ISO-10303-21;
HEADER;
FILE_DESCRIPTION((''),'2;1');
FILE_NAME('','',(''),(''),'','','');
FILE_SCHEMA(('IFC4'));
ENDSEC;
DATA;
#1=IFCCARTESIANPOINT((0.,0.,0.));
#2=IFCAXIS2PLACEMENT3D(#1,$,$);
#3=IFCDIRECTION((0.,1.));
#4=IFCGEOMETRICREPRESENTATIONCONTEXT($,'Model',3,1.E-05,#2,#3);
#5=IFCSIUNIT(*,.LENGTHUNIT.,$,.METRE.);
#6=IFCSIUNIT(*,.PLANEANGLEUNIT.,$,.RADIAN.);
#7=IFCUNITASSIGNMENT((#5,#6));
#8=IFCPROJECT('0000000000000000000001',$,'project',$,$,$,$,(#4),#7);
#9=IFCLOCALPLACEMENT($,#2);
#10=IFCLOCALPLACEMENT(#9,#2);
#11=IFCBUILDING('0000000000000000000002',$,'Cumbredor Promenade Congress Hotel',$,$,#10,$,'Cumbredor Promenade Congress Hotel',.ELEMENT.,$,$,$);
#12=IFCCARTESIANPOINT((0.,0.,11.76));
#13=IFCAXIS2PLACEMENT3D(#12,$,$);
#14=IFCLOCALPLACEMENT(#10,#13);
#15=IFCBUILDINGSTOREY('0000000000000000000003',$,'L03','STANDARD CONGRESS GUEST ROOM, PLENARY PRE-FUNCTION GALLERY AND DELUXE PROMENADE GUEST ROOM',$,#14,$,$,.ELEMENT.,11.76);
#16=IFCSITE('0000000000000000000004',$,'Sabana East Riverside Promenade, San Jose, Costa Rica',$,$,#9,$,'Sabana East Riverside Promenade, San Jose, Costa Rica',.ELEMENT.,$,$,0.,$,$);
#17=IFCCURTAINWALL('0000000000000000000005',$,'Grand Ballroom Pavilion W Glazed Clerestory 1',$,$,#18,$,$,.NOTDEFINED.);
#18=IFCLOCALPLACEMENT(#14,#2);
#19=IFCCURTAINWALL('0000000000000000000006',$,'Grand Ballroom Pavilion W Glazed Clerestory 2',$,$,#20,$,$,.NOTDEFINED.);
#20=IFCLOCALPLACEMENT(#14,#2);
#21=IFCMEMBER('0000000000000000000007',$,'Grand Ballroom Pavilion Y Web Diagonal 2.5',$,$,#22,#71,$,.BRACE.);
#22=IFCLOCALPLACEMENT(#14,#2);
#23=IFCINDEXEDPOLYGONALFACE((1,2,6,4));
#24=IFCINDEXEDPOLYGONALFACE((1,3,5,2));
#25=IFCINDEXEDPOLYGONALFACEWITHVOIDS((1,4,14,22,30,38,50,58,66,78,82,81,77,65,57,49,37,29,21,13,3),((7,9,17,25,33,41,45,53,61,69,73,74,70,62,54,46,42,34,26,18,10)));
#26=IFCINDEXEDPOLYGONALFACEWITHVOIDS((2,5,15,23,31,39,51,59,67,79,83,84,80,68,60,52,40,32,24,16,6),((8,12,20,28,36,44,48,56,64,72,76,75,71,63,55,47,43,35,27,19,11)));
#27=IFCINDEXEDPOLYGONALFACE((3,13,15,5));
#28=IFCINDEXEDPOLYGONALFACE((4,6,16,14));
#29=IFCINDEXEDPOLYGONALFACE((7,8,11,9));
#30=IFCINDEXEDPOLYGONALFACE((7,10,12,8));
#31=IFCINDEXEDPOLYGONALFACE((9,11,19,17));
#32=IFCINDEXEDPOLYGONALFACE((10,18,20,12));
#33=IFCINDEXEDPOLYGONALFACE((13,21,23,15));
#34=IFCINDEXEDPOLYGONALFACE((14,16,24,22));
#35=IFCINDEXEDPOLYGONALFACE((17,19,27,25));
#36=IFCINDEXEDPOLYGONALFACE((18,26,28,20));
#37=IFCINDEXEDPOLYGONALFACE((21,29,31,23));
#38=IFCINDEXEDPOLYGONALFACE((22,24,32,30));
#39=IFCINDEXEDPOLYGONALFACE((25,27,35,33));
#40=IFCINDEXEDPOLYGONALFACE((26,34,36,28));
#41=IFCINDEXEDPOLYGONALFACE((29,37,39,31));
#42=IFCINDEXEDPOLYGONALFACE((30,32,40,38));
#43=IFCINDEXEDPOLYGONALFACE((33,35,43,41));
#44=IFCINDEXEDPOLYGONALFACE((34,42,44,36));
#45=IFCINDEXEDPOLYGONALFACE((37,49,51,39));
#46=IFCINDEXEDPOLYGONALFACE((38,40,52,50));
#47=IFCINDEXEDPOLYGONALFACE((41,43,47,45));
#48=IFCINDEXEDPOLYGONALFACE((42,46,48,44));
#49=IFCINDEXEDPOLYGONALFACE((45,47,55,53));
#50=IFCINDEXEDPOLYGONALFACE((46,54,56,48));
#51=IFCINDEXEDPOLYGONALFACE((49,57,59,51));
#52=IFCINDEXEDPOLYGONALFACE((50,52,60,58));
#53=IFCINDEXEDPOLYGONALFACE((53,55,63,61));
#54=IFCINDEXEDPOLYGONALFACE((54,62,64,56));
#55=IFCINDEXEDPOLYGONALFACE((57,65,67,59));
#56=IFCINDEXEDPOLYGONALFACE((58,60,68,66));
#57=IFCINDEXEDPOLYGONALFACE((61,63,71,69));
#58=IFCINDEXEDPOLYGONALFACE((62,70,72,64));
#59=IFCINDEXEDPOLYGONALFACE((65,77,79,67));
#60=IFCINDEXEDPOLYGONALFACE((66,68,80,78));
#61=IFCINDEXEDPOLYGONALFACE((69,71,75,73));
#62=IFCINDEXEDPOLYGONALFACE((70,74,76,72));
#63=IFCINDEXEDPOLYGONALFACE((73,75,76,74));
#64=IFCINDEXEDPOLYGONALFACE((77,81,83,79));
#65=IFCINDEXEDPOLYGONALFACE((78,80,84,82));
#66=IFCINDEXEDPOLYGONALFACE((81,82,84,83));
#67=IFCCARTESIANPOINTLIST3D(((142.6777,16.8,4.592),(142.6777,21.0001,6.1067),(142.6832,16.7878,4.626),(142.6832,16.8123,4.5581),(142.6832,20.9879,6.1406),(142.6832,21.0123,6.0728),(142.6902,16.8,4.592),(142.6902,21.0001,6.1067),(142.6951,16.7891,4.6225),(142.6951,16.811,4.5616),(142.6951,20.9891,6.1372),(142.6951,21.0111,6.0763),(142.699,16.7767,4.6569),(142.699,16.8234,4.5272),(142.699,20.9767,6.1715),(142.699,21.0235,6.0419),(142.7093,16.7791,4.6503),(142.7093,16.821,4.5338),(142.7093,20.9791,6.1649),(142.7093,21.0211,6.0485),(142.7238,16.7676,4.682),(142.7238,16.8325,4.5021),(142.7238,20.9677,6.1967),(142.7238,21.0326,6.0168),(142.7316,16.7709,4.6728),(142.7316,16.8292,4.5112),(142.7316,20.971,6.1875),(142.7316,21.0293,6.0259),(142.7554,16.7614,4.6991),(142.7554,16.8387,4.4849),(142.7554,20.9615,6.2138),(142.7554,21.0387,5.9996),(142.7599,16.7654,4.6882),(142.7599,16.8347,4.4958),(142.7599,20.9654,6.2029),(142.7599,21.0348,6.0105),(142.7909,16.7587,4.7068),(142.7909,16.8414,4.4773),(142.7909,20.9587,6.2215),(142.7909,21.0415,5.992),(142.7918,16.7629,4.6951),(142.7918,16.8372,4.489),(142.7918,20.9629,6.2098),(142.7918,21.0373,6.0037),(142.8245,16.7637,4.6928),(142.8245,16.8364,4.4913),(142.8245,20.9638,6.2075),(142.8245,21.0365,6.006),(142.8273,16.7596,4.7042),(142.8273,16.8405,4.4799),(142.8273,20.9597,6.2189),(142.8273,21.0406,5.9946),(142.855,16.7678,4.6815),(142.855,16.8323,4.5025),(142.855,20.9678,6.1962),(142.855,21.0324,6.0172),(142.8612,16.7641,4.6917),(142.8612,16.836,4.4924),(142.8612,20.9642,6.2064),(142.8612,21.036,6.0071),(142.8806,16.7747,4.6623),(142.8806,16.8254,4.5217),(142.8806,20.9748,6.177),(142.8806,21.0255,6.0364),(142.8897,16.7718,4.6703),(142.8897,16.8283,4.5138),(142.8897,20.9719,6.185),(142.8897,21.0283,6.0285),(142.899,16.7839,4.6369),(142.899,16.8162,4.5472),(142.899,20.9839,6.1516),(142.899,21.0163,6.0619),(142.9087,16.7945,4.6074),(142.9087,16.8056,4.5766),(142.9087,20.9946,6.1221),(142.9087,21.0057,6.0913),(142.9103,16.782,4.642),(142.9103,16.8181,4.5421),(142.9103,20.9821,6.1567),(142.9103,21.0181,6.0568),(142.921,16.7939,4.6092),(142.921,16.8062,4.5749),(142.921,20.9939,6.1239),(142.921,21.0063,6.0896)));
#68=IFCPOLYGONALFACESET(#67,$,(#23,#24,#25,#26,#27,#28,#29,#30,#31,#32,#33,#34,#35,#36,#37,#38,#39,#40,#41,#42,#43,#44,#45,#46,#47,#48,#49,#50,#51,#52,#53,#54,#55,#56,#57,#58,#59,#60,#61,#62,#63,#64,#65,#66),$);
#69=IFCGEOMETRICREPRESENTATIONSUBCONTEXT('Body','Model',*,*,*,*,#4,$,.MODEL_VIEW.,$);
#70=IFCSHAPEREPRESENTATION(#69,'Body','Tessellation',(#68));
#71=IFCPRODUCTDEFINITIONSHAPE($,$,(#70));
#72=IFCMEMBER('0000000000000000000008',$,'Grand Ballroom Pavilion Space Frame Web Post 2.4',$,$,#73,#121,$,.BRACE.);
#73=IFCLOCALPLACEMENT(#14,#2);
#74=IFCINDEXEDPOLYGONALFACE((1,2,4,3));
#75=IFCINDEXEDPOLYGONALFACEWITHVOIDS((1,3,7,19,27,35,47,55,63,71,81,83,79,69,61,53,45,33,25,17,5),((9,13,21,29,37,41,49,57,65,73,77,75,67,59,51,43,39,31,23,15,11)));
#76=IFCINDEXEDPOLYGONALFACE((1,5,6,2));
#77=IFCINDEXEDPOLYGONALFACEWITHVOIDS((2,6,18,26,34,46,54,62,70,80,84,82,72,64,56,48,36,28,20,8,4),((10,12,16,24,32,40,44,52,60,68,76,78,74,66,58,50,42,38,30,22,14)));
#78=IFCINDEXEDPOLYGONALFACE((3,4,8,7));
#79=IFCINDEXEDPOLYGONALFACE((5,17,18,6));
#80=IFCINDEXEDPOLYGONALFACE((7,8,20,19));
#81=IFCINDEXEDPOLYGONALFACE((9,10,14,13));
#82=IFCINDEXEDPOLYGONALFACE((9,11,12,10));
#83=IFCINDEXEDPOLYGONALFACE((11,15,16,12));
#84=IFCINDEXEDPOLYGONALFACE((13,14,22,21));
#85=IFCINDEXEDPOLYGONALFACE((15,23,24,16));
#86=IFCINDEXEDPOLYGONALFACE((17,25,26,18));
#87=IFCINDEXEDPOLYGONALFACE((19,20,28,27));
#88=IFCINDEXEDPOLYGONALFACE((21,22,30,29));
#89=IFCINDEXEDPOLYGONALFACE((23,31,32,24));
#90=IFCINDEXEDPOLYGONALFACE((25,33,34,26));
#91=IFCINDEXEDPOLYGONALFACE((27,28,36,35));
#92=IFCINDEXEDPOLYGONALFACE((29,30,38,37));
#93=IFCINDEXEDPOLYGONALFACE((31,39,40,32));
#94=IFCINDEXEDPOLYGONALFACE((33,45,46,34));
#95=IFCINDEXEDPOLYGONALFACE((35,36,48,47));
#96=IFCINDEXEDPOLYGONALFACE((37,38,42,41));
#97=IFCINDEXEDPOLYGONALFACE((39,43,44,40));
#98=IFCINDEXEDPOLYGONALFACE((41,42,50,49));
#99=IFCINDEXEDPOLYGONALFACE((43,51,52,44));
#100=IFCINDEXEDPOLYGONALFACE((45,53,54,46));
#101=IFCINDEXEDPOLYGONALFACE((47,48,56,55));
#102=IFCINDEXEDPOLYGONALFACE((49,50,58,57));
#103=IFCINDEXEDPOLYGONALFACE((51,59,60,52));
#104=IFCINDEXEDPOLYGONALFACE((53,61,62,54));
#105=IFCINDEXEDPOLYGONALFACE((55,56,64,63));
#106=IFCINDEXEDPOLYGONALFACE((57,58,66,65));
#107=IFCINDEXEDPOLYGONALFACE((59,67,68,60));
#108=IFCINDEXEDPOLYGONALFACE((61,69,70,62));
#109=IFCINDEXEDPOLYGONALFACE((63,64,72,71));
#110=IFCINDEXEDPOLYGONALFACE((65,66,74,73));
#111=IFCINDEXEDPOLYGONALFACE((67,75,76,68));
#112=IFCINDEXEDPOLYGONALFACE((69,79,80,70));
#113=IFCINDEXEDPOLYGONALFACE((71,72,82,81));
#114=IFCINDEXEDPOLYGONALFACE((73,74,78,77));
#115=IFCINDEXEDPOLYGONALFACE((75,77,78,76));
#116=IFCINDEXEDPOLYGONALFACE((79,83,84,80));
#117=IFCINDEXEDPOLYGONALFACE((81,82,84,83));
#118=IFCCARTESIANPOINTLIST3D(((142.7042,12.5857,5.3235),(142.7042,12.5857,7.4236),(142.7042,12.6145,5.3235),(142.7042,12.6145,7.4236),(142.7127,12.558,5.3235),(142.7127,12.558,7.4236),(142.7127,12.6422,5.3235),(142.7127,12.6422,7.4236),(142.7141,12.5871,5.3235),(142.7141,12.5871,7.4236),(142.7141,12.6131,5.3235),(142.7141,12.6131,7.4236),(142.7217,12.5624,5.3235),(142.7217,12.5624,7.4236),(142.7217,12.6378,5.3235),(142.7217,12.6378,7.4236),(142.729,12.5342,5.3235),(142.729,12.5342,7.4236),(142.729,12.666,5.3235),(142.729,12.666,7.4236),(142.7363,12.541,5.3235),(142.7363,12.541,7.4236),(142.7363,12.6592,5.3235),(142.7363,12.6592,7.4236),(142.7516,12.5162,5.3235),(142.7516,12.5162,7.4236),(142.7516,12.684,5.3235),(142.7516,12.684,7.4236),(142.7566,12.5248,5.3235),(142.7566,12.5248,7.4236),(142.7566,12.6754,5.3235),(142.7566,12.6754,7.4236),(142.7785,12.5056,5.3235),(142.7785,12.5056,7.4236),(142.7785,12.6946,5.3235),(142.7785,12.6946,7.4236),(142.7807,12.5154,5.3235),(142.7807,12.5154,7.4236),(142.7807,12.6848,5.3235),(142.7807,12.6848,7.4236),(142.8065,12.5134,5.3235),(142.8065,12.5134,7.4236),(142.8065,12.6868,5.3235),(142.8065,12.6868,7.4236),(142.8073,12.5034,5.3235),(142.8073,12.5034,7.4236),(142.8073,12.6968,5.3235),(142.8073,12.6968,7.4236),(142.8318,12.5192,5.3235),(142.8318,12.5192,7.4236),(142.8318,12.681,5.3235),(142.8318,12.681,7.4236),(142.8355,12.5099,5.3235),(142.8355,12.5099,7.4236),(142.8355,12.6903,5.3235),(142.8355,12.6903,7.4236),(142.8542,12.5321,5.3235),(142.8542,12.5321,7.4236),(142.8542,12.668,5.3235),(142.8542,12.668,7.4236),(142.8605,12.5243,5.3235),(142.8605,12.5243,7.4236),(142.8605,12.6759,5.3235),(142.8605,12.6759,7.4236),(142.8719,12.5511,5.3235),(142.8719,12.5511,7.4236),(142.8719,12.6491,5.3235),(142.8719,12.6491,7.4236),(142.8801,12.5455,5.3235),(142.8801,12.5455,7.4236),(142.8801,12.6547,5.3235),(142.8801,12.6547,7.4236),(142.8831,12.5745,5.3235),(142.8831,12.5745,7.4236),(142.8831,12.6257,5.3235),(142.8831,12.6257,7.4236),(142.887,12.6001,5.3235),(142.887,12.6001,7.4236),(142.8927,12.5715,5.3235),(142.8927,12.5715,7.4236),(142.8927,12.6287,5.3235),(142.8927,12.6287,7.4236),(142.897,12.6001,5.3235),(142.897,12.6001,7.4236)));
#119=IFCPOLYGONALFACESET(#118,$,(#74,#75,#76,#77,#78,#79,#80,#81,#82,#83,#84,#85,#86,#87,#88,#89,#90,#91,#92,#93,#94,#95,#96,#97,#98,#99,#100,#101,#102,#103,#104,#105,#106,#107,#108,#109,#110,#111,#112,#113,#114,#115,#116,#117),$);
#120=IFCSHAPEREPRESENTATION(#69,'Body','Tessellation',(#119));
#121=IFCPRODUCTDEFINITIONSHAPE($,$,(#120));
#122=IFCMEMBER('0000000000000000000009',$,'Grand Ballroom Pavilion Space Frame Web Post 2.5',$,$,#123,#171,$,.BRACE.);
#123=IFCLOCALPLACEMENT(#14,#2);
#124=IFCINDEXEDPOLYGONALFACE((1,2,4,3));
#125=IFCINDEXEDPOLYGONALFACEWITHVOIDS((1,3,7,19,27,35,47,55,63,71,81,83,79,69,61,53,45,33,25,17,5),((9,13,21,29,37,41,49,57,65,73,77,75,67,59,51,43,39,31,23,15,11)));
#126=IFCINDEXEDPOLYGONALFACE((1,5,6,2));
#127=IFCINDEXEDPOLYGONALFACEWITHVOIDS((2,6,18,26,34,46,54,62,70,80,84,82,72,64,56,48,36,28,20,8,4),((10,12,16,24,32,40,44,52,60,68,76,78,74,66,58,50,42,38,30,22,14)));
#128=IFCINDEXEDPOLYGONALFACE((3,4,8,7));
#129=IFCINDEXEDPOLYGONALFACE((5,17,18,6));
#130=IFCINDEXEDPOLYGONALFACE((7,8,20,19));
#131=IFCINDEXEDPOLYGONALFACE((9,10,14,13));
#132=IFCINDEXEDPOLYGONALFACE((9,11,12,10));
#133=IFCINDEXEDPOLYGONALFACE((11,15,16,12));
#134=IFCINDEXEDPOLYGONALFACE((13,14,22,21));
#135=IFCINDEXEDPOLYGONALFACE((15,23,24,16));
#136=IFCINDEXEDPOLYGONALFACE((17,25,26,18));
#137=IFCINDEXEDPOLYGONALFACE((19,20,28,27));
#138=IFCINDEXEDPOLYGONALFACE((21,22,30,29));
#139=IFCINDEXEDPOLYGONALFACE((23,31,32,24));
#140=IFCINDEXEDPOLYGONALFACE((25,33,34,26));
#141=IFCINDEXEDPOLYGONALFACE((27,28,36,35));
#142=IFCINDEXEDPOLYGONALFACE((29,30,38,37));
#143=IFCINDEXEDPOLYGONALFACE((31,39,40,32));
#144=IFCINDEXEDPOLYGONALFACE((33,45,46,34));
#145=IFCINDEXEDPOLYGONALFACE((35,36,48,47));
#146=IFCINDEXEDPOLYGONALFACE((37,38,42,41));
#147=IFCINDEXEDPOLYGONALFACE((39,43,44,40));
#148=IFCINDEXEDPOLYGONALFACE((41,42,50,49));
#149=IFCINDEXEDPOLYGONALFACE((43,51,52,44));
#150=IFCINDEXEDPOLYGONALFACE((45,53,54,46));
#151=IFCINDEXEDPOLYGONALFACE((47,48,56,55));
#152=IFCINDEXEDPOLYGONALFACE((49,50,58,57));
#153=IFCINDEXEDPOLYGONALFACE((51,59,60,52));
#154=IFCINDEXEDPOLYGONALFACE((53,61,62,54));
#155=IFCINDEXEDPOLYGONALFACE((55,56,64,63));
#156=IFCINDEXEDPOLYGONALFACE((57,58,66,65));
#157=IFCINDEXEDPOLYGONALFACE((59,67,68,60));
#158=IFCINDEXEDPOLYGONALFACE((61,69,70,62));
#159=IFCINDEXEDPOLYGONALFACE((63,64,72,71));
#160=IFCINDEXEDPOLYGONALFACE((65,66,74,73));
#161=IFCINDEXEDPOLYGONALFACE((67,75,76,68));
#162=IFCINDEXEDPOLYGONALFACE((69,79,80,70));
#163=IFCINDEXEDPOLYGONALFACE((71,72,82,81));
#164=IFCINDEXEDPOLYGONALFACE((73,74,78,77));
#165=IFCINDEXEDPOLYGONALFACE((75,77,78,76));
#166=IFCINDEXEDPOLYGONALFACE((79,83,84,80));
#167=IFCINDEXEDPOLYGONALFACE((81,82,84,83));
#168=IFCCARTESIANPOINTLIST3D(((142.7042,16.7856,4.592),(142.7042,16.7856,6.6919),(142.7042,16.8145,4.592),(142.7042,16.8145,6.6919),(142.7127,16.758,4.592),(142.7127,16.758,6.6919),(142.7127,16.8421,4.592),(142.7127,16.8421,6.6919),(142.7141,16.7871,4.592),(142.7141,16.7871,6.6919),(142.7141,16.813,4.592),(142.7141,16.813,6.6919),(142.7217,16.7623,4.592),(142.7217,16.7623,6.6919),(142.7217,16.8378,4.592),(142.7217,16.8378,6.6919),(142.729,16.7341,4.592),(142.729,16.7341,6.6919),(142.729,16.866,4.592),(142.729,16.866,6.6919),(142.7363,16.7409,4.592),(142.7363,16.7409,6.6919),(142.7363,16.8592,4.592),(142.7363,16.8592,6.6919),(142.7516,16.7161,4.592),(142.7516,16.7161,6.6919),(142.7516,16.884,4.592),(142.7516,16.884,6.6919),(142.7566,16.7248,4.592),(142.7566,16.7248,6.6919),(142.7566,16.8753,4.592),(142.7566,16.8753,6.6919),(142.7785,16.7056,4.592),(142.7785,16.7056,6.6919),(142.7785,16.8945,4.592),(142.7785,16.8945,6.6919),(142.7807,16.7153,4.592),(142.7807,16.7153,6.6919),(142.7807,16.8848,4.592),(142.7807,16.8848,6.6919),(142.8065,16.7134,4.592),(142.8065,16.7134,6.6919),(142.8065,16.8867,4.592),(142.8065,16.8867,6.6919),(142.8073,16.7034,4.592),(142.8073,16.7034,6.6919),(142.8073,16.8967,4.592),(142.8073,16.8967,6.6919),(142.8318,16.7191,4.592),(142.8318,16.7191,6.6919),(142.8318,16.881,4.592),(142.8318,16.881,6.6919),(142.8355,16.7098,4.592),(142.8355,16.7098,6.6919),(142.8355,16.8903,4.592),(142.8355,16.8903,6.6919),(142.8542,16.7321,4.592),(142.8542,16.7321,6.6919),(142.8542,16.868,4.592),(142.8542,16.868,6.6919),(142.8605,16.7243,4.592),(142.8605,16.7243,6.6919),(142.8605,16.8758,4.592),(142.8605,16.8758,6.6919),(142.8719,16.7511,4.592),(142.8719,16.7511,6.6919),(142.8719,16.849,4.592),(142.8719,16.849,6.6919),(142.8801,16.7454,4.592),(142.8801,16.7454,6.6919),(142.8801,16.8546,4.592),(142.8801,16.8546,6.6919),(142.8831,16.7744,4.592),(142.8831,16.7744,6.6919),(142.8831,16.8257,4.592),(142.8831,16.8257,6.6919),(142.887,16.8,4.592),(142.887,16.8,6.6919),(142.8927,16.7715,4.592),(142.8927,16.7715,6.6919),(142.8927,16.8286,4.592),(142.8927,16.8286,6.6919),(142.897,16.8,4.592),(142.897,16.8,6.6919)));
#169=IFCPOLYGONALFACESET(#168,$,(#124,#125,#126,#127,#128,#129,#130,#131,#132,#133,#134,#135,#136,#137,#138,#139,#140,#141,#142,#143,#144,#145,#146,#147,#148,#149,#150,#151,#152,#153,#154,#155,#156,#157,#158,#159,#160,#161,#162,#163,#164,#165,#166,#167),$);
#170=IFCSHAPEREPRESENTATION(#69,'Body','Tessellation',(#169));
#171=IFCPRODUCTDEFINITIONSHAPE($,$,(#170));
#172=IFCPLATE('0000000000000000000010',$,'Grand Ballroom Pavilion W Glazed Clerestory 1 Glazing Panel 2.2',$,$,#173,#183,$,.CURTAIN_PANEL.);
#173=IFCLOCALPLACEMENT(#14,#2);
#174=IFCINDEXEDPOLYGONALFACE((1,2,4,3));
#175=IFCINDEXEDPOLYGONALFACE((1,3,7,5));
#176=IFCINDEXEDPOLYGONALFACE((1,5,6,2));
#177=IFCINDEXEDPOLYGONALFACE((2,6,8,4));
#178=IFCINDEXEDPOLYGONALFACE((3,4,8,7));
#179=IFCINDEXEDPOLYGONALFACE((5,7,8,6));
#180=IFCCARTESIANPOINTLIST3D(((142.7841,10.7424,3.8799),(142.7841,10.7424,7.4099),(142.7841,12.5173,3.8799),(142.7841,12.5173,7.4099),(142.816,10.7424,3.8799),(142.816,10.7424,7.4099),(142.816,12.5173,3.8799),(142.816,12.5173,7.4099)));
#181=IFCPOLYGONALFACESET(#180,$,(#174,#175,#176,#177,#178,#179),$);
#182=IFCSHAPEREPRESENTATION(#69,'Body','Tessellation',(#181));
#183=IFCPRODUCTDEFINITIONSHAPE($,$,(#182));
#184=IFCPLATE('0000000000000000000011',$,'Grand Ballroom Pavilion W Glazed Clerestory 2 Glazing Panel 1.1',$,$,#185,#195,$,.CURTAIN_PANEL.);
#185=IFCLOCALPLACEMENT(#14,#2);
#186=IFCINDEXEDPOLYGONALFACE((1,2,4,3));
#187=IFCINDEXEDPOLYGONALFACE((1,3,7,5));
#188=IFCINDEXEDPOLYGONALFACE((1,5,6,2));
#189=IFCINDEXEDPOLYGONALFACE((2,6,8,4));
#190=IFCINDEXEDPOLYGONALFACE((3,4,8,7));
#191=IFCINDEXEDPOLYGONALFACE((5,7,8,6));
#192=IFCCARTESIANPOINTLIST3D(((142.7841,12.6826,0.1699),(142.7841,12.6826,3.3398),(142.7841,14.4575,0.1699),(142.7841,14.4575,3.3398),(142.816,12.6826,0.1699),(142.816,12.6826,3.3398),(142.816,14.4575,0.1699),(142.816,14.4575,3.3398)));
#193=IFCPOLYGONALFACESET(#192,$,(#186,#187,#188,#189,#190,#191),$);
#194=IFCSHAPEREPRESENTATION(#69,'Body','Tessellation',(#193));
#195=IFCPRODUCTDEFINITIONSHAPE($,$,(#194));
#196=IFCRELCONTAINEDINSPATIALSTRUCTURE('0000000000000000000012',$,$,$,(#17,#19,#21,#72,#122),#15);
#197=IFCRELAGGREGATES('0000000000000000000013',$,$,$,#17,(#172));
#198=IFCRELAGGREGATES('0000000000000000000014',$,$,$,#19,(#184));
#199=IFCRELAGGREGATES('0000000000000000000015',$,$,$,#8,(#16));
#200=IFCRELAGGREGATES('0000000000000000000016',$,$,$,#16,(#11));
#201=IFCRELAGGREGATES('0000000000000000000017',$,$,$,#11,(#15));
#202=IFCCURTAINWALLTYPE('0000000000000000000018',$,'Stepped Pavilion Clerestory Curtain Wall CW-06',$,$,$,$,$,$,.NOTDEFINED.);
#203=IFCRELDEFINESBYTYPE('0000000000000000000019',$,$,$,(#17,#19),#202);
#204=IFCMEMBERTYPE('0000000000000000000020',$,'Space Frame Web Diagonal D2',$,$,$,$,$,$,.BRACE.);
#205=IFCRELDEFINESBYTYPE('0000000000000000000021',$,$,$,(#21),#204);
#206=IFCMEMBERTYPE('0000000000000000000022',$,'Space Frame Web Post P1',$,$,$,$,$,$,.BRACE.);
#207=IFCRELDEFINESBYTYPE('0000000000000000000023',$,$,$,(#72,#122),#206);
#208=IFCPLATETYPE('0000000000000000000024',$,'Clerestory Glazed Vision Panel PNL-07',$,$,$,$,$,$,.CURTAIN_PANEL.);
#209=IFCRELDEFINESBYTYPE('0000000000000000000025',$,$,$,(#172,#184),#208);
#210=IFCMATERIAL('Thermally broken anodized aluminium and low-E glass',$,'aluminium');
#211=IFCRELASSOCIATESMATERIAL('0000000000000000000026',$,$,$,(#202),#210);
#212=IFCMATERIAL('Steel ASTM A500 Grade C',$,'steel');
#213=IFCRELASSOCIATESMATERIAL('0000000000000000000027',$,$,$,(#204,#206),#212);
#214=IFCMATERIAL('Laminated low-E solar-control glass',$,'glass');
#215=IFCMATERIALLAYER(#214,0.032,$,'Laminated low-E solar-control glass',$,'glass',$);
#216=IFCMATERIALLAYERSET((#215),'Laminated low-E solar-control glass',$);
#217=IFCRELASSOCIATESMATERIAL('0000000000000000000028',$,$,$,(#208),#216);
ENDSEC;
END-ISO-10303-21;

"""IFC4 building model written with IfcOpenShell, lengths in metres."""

from ifc_helpers import new_model, si_unit, direction, frame, origin, origin_2d, place, context, subcontext, project, spatial, rectangle, hollow_circle, extrude, material, layer, layer_set, material_profile, profile_set, type_object, element, aggregate, save


model = new_model("IFC4")

# Units and contexts
model_context = context("Model", 3, precision=1e-05, world=origin(), true_north=direction((0.0, 1.0)))
body_context = subcontext(model_context, "Body", "Model", "MODEL_VIEW")
ifc_project = project(units=[si_unit("LENGTHUNIT", "METRE"), si_unit("PLANEANGLEUNIT", "RADIAN")], contexts=[model_context])

# Site, building, storey
site_placement = place(None, origin())
site = spatial("IfcSite", under=ifc_project, at=site_placement, Name="Sabana East Riverside Promenade, San Jose, Costa Rica", LongName="Sabana East Riverside Promenade, San Jose, Costa Rica", CompositionType="ELEMENT", RefElevation=0.0)
building_placement = place(site_placement, origin())
building = spatial("IfcBuilding", under=site, at=building_placement, Name="Cumbredor Promenade Congress Hotel", LongName="Cumbredor Promenade Congress Hotel", CompositionType="ELEMENT")
storey_placement = place(building_placement, frame((0.0, 0.0, 11.76)))
storey = spatial("IfcBuildingStorey", under=building, at=storey_placement, Name="L03", Description="STANDARD CONGRESS GUEST ROOM, PLENARY PRE-FUNCTION GALLERY AND DELUXE PROMENADE GUEST ROOM", CompositionType="ELEMENT", Elevation=11.76)

# Shared definitions
ifc_material_1 = material(Name="Steel ASTM A500 Grade C", Category="steel")

# Curtain wall
ifc_material_2 = material(Name="Thermally broken anodized aluminium and low-E glass", Category="aluminium")
curtain_wall_type = type_object("IfcCurtainWallType", Name="Stepped Pavilion Clerestory Curtain Wall CW-06", PredefinedType="NOTDEFINED", material=ifc_material_2)
curtain_wall_1_placement = place(storey_placement, origin())
curtain_wall_1 = element("IfcCurtainWall", 1, at=curtain_wall_1_placement, inside=storey, type_object=curtain_wall_type, Name="Grand Ballroom Pavilion W Glazed Clerestory 1", PredefinedType="NOTDEFINED")

# Curtain wall
curtain_wall_2_placement = place(storey_placement, origin())
curtain_wall_2 = element("IfcCurtainWall", 2, at=curtain_wall_2_placement, inside=storey, type_object=curtain_wall_type, Name="Grand Ballroom Pavilion W Glazed Clerestory 2", PredefinedType="NOTDEFINED")

# Members
ifc_material_profile_1 = material_profile(ifc_material_1, hollow_circle(Radius=0.1223, WallThickness=0.0125, at=origin_2d()), Name="CHS 244.5x12.5")
ifc_profile_set_1 = profile_set([ifc_material_profile_1], Name="Steel ASTM A500 Grade C")
member_type_1 = type_object("IfcMemberType", Name="Space Frame Web Diagonal D2", PredefinedType="BRACE", material=ifc_profile_set_1)
member_1_placement = place(storey_placement, frame((142.8, 16.8, 4.592), z_axis=(0.0, 0.940697, 0.339248), x_axis=(-1.0, 0.0, 0.0)))
element("IfcMember", 3, at=member_1_placement, inside=storey, type_object=member_type_1, Name="Grand Ballroom Pavilion Y Web Diagonal 2.5", PredefinedType="BRACE", context=body_context, shape_type="SweptSolid", body=[
    extrude(hollow_circle(Radius=0.1223, WallThickness=0.0125, at=origin_2d()), origin(), (0.0, 0.0, 1.0), 4.4648),
])
ifc_material_profile_2 = material_profile(ifc_material_1, hollow_circle(Radius=0.0969, WallThickness=0.01, at=origin_2d()), Name="CHS 193.7x10")
ifc_profile_set_2 = profile_set([ifc_material_profile_2], Name="Steel ASTM A500 Grade C")
member_type_2 = type_object("IfcMemberType", Name="Space Frame Web Post P1", PredefinedType="BRACE", material=ifc_profile_set_2)
member_2_placement = place(storey_placement, frame((142.8, 12.6001, 5.3235), z_axis=(0.0, 0.0, 1.0), x_axis=(1.0, 0.0, 0.0)))
element("IfcMember", 4, at=member_2_placement, inside=storey, type_object=member_type_2, Name="Grand Ballroom Pavilion Space Frame Web Post 2.4", PredefinedType="BRACE", context=body_context, shape_type="SweptSolid", body=[
    extrude(hollow_circle(Radius=0.0969, WallThickness=0.01, at=origin_2d()), origin(), (0.0, 0.0, 1.0), 2.1001),
])
member_3_placement = place(storey_placement, frame((142.8, 16.8, 4.592), z_axis=(0.0, 0.0, 1.0), x_axis=(1.0, 0.0, 0.0)))
element("IfcMember", 5, at=member_3_placement, inside=storey, type_object=member_type_2, Name="Grand Ballroom Pavilion Space Frame Web Post 2.5", PredefinedType="BRACE", context=body_context, shape_type="SweptSolid", body=[
    extrude(hollow_circle(Radius=0.0969, WallThickness=0.01, at=origin_2d()), origin(), (0.0, 0.0, 1.0), 2.0999),
])

# Plates
ifc_material_3 = material(Name="Laminated low-E solar-control glass", Category="glass")
ifc_layer_1 = layer(ifc_material_3, 0.032, Name="Laminated low-E solar-control glass", Category="glass")
ifc_layer_set_1 = layer_set([ifc_layer_1], Name="Laminated low-E solar-control glass")
plate_type_1 = type_object("IfcPlateType", Name="Clerestory Glazed Vision Panel PNL-07", PredefinedType="CURTAIN_PANEL", material=ifc_layer_set_1)
plate_1_placement = place(storey_placement, frame((142.8, 11.6299, 3.8799), z_axis=(0.0, 0.0, 1.0), x_axis=(0.0, 1.0, 0.0)))
plate_1 = element("IfcPlate", 6, at=plate_1_placement, type_object=plate_type_1, Name="Grand Ballroom Pavilion W Glazed Clerestory 1 Glazing Panel 2.2", PredefinedType="CURTAIN_PANEL", context=body_context, shape_type="SweptSolid", body=[
    extrude(rectangle(XDim=1.7749, YDim=0.032, at=origin_2d()), origin(), (0.0, 0.0, 1.0), 3.53),
])
aggregate(curtain_wall_1, [plate_1])
plate_2_placement = place(storey_placement, frame((142.8, 13.5701, 0.1699), z_axis=(0.0, 0.0, 1.0), x_axis=(0.0, 1.0, 0.0)))
plate_2 = element("IfcPlate", 7, at=plate_2_placement, type_object=plate_type_1, Name="Grand Ballroom Pavilion W Glazed Clerestory 2 Glazing Panel 1.1", PredefinedType="CURTAIN_PANEL", context=body_context, shape_type="SweptSolid", body=[
    extrude(rectangle(XDim=1.7749, YDim=0.032, at=origin_2d()), origin(), (0.0, 0.0, 1.0), 3.1699),
])
aggregate(curtain_wall_2, [plate_2])

save(model, "model.ifc")
